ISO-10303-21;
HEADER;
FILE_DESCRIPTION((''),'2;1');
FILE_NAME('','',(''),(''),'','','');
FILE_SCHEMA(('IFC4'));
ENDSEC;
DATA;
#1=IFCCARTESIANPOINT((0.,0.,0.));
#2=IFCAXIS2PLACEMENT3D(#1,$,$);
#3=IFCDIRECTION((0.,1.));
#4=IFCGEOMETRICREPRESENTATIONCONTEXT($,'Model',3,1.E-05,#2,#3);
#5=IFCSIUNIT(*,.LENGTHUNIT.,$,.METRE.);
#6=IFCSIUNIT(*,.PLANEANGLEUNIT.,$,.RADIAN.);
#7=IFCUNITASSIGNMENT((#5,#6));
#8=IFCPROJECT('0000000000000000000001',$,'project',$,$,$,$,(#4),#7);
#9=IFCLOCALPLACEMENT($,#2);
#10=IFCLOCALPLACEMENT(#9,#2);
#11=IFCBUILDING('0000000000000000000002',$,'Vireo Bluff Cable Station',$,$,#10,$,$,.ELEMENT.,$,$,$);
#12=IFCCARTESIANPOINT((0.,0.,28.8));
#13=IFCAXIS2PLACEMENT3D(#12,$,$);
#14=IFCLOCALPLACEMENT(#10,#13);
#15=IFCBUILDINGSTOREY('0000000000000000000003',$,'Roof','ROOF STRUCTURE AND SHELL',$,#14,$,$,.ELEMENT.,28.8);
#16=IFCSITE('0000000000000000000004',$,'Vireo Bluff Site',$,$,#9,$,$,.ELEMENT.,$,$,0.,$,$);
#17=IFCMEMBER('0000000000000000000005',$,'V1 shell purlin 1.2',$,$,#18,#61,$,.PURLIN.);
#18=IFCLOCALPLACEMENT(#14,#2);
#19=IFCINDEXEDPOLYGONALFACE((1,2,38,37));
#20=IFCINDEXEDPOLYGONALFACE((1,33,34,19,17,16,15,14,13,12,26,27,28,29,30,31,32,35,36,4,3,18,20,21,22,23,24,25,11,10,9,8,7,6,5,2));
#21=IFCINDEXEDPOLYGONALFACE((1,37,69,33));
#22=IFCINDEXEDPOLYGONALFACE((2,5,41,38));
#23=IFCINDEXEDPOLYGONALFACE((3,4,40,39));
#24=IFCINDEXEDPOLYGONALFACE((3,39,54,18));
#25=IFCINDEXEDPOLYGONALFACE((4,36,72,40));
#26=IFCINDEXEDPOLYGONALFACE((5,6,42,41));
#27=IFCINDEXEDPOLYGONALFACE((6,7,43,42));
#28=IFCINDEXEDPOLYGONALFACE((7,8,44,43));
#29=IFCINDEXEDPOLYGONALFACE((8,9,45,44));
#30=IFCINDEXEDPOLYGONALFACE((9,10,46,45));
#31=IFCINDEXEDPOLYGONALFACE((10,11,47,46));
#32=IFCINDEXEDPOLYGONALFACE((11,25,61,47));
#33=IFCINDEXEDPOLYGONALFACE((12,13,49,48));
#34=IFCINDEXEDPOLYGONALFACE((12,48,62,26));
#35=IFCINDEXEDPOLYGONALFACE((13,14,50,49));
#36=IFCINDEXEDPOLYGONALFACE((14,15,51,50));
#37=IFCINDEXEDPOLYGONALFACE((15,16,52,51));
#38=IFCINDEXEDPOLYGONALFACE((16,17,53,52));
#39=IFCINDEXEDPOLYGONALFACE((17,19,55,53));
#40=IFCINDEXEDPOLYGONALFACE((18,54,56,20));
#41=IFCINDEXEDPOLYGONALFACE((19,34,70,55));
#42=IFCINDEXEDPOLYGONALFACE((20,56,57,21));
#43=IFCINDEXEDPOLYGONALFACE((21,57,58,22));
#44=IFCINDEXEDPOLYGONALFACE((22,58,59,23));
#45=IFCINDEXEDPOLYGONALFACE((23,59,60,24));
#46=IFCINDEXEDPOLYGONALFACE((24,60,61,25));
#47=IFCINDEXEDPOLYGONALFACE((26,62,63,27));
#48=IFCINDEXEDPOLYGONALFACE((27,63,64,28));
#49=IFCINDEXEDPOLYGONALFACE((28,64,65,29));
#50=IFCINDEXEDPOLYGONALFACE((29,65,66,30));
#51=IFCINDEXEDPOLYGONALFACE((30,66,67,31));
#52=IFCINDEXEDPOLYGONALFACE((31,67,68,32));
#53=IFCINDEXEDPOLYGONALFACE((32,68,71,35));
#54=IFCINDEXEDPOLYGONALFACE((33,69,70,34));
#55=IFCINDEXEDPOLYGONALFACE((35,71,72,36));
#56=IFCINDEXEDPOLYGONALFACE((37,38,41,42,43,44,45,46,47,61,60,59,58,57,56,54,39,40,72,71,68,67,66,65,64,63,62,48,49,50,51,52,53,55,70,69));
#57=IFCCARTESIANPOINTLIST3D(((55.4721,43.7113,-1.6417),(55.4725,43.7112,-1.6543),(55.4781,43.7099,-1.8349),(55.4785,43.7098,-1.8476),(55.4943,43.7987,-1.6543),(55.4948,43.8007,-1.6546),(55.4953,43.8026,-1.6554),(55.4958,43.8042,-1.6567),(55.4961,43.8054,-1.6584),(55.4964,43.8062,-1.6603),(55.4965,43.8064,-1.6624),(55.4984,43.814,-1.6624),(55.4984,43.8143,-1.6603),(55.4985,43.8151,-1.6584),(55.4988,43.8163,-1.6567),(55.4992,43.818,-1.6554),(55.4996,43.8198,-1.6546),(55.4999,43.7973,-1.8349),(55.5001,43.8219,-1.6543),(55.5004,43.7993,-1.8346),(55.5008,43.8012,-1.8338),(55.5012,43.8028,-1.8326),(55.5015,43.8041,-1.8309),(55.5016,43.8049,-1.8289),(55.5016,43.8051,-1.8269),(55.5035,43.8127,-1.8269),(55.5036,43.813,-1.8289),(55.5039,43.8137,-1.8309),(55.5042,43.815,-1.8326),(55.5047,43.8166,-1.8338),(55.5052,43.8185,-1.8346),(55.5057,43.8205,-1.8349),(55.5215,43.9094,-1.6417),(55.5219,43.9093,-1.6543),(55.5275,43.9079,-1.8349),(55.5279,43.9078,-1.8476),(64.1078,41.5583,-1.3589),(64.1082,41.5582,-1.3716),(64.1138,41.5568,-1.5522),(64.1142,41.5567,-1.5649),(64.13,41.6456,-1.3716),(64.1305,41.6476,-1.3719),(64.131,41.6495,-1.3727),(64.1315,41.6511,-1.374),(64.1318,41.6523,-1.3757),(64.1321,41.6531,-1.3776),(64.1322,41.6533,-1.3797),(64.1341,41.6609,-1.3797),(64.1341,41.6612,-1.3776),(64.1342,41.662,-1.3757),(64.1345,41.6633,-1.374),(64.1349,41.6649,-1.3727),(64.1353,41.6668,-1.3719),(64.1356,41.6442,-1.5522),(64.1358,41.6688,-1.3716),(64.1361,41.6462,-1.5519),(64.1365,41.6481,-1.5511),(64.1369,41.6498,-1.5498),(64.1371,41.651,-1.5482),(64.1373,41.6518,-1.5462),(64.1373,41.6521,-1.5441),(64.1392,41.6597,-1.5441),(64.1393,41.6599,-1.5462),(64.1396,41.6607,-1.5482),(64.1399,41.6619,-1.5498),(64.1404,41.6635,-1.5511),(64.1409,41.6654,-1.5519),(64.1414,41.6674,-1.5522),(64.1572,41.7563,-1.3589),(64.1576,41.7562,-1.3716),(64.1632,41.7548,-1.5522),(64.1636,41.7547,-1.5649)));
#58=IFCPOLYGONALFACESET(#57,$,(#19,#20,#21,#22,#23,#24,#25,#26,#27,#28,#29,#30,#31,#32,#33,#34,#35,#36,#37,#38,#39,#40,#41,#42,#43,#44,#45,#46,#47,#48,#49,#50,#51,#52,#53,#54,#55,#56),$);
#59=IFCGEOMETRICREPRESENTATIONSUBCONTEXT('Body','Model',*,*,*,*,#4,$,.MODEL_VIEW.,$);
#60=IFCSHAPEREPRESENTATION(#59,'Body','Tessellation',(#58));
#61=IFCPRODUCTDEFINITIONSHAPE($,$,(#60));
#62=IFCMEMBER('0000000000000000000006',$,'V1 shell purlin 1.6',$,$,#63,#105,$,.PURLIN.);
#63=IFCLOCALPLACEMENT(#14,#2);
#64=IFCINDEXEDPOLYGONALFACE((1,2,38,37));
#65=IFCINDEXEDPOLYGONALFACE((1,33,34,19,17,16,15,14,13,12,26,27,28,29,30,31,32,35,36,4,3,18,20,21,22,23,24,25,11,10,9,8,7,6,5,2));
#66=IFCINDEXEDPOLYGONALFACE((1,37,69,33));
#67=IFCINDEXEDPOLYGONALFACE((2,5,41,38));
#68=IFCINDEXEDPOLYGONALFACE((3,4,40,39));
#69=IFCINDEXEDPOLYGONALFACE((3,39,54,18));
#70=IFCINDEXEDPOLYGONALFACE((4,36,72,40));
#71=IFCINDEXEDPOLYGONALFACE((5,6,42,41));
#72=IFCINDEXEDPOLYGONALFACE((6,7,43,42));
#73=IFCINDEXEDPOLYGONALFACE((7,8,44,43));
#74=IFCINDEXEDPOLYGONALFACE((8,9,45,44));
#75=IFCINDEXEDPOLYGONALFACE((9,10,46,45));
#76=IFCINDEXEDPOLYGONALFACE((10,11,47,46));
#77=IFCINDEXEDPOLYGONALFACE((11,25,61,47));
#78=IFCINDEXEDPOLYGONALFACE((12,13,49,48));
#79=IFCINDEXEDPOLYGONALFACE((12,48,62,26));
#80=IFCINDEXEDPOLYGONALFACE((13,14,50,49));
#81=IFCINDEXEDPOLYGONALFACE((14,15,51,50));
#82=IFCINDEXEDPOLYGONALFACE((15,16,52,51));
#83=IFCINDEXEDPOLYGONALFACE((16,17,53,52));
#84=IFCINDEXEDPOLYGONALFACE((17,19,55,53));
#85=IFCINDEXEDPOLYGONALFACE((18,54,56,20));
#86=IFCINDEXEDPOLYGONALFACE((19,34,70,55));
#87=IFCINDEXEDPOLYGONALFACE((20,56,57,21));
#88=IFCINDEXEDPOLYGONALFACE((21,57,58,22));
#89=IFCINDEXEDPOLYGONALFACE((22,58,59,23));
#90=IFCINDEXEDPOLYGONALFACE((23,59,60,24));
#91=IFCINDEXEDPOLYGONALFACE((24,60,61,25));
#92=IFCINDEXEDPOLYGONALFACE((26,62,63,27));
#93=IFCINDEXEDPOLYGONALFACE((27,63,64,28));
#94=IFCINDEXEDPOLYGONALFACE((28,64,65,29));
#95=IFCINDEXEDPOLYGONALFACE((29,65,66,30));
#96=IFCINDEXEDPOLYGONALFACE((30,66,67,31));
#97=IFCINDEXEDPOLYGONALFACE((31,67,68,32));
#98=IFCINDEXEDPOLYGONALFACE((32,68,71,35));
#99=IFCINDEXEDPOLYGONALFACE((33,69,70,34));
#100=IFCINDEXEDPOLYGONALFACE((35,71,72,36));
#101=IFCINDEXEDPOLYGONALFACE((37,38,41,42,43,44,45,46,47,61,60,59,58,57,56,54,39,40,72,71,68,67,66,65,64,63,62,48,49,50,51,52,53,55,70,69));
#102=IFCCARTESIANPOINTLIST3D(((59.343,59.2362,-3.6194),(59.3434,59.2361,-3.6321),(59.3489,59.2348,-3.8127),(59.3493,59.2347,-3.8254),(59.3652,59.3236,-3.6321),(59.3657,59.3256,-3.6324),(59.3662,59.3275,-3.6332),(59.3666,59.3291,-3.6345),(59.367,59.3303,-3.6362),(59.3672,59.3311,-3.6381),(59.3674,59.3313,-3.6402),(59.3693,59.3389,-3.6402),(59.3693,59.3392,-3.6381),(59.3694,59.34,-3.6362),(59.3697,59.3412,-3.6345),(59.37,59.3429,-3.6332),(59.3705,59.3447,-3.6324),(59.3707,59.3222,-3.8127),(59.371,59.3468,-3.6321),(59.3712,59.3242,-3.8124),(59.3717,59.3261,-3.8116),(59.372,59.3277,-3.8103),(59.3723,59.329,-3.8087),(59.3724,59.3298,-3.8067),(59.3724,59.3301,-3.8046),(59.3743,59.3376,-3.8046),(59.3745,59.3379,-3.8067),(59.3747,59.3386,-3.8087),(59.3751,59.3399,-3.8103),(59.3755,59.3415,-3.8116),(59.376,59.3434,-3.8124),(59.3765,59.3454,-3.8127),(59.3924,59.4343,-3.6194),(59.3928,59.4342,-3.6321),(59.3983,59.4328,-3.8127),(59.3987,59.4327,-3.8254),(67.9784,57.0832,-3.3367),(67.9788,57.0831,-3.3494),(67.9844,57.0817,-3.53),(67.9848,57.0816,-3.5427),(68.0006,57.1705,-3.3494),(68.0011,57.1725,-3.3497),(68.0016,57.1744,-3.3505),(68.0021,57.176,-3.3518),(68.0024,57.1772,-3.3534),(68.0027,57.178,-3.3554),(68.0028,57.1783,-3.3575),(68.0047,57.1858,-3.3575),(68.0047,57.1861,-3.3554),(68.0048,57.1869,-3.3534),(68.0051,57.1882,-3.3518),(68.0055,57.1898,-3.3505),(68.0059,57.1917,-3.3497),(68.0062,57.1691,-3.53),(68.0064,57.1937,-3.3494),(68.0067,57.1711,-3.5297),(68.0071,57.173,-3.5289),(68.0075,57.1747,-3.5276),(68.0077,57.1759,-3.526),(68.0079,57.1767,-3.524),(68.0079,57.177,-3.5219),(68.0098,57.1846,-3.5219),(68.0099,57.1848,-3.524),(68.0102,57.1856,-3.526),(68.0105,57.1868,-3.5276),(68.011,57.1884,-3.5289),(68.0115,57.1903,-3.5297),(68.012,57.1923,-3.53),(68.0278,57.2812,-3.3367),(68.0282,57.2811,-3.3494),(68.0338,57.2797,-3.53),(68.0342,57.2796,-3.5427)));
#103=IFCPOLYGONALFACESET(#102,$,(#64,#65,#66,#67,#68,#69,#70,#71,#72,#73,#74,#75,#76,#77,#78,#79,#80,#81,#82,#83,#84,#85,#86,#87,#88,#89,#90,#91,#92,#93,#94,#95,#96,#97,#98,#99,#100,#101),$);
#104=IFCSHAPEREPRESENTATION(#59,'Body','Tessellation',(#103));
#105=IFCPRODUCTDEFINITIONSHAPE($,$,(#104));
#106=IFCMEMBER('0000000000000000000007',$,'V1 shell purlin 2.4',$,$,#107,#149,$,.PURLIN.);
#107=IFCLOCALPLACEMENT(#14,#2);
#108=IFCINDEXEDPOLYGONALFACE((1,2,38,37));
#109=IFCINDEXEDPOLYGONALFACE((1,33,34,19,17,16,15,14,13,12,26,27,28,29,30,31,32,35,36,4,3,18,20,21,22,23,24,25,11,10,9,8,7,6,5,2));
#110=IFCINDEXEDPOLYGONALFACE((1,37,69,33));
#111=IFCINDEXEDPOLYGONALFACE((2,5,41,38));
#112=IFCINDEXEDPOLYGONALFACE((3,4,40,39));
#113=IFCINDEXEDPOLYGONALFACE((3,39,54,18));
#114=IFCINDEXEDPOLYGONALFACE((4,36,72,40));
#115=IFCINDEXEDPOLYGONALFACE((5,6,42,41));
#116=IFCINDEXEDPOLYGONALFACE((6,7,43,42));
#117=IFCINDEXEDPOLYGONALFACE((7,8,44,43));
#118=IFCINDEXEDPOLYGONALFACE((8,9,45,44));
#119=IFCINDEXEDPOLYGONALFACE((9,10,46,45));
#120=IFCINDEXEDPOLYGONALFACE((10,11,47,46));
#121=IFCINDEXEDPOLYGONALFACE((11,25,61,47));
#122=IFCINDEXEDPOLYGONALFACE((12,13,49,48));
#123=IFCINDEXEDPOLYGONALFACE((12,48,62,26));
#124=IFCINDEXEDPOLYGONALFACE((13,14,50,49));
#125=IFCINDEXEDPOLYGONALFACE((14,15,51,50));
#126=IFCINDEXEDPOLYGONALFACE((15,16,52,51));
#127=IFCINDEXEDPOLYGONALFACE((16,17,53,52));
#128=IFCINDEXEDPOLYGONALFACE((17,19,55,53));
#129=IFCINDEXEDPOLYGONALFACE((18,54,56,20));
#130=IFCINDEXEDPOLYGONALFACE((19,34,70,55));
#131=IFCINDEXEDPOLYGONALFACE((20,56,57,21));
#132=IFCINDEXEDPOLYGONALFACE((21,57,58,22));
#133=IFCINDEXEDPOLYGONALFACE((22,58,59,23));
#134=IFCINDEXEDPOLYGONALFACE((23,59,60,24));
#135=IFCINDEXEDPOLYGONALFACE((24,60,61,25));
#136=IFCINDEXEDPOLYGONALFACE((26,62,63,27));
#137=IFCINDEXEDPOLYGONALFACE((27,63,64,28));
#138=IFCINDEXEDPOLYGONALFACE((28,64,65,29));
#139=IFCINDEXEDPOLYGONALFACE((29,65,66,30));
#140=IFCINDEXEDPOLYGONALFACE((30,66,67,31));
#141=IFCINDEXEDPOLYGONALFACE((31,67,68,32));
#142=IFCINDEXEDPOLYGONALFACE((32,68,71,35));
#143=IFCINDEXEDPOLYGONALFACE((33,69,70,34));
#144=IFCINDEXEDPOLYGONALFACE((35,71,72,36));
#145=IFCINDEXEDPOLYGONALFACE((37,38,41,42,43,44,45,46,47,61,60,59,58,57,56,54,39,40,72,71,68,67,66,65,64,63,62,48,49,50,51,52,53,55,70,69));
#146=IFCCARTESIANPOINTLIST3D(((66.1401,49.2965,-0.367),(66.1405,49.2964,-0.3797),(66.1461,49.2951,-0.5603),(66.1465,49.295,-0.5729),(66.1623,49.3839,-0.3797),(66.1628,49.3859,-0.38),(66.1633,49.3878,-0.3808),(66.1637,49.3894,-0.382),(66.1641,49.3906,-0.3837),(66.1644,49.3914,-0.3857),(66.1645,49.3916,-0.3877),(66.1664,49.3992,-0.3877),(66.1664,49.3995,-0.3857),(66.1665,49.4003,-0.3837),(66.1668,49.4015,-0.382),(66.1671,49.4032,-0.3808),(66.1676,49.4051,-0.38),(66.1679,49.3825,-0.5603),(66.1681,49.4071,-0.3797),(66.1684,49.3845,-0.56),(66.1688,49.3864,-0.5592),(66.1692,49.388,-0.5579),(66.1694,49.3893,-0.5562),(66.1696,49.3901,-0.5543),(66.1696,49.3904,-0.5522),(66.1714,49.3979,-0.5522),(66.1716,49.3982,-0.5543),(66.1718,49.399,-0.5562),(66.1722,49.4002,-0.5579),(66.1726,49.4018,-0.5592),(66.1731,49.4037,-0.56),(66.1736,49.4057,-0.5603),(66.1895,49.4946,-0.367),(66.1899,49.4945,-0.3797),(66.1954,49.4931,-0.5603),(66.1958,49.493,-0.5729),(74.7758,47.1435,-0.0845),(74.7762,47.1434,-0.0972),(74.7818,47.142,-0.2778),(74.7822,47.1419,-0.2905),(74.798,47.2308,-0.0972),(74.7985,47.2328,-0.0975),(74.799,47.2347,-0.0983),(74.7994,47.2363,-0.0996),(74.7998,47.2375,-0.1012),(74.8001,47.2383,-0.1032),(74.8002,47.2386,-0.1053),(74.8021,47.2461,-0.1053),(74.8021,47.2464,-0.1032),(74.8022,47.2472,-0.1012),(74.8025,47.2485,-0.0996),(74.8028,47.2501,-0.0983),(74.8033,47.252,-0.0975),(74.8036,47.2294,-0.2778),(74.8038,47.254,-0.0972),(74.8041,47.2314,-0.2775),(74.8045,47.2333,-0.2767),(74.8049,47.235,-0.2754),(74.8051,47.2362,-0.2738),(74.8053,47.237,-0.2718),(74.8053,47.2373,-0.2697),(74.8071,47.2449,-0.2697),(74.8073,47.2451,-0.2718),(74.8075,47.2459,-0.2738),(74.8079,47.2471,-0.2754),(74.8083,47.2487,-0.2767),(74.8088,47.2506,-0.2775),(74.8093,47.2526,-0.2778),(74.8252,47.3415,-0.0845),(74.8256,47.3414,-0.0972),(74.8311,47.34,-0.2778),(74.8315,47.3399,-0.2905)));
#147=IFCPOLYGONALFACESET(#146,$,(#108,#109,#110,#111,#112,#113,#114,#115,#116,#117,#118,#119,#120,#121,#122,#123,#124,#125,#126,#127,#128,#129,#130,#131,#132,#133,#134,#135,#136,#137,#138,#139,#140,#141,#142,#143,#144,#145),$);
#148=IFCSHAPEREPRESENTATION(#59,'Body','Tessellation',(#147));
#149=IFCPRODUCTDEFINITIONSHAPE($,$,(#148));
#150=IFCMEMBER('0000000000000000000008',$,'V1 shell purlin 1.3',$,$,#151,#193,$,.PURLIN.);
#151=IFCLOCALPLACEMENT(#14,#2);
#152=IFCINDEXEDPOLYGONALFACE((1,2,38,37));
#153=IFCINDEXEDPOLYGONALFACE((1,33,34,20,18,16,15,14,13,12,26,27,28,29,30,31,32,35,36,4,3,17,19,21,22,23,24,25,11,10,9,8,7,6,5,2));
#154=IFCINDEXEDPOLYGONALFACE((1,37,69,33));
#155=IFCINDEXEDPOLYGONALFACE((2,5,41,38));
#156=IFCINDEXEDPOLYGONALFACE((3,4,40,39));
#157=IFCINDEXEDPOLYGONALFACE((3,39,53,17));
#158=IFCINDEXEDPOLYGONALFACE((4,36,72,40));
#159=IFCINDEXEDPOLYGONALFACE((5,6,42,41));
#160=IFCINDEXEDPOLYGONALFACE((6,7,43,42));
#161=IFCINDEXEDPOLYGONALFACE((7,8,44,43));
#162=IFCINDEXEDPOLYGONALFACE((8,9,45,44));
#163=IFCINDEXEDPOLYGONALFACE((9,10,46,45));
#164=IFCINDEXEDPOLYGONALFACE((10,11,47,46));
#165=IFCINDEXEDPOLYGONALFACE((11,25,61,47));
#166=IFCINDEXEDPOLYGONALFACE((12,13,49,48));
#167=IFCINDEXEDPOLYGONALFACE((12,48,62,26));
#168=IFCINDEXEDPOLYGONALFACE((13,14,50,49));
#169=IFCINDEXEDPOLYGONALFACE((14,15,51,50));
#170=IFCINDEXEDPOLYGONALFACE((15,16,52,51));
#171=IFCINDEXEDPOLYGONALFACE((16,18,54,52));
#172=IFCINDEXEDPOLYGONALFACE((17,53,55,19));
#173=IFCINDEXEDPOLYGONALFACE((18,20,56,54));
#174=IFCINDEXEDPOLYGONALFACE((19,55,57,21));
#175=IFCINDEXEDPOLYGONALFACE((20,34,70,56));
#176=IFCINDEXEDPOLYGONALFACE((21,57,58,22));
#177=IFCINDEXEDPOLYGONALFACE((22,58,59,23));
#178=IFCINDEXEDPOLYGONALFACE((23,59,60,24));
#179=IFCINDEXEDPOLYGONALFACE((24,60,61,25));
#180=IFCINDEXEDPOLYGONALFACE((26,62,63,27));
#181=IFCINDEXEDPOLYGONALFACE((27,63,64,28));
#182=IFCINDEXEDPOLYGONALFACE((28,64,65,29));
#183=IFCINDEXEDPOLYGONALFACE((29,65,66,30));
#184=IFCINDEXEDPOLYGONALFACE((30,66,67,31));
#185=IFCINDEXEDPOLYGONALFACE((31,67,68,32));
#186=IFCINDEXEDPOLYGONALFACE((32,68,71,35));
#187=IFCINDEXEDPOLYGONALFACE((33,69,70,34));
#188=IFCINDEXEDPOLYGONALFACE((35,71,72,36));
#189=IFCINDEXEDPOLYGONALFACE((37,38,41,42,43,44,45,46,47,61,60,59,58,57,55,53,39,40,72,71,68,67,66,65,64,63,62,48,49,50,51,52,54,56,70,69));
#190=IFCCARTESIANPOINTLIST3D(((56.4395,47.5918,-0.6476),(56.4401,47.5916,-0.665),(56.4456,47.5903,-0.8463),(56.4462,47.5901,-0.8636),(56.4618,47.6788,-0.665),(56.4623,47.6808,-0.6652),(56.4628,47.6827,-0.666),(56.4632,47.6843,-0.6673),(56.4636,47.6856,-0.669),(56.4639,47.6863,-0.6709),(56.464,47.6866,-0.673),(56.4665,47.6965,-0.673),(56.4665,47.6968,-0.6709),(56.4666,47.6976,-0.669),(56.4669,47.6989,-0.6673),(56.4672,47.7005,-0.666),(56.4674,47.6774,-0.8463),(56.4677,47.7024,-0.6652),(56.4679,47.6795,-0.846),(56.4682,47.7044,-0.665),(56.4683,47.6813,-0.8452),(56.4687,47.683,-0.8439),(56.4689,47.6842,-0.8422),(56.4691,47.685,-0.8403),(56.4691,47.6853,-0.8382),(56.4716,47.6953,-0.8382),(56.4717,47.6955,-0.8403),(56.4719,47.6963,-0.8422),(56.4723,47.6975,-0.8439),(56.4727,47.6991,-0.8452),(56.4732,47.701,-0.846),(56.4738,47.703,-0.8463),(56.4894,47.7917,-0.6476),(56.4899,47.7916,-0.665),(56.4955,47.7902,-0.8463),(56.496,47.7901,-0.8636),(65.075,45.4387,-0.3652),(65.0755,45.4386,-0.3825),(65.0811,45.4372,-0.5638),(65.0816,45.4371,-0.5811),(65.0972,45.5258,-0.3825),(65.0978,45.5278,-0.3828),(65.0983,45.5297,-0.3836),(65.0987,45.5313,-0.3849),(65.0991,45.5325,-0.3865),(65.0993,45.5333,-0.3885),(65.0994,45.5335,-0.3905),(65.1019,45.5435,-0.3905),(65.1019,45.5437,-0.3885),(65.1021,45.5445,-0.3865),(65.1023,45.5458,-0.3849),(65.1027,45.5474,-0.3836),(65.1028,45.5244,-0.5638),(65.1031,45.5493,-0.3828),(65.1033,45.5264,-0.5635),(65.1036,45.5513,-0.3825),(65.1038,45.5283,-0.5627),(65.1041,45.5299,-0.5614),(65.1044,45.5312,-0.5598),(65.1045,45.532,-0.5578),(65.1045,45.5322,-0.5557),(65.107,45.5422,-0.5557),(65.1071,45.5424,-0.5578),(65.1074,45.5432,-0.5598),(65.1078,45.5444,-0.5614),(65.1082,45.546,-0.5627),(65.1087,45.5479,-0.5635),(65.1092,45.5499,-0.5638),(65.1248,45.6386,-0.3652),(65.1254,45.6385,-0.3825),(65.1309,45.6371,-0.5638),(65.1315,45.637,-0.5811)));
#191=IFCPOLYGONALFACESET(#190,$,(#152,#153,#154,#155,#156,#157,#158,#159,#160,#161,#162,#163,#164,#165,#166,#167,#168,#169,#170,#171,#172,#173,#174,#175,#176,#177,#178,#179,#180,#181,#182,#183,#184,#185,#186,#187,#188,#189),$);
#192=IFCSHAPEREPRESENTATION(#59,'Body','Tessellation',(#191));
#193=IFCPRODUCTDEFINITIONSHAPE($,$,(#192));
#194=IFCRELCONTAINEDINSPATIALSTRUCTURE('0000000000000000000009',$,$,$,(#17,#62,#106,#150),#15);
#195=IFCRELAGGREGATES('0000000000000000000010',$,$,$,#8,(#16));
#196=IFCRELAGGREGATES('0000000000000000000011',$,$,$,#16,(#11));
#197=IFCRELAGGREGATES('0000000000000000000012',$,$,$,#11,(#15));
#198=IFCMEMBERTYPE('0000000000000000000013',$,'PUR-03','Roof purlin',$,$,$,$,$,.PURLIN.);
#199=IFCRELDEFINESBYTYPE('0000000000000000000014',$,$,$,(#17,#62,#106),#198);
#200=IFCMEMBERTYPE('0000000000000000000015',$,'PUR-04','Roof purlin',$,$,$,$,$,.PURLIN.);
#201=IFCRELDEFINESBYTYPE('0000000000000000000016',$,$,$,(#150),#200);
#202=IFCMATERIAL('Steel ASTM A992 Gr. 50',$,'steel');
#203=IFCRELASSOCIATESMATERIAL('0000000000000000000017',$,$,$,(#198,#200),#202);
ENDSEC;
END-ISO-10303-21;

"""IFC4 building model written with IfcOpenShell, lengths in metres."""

from ifc_helpers import new_model, si_unit, direction, frame, origin, origin_2d, place, context, subcontext, project, spatial, i_section, extrude, material, material_profile, profile_set, type_object, element, save


model = new_model("IFC4")

# Units and contexts
model_context = context("Model", 3, precision=1e-05, world=origin(), true_north=direction((0.0, 1.0)))
body_context = subcontext(model_context, "Body", "Model", "MODEL_VIEW")
ifc_project = project(units=[si_unit("LENGTHUNIT", "METRE"), si_unit("PLANEANGLEUNIT", "RADIAN")], contexts=[model_context])

# Site, building, storey
site_placement = place(None, origin())
site = spatial("IfcSite", under=ifc_project, at=site_placement, Name="Vireo Bluff Site", CompositionType="ELEMENT", RefElevation=0.0)
building_placement = place(site_placement, origin())
building = spatial("IfcBuilding", under=site, at=building_placement, Name="Vireo Bluff Cable Station", CompositionType="ELEMENT")
storey_placement = place(building_placement, frame((0.0, 0.0, 28.8)))
storey = spatial("IfcBuildingStorey", under=building, at=storey_placement, Name="Roof", Description="ROOF STRUCTURE AND SHELL", CompositionType="ELEMENT", Elevation=28.8)

# Members
ifc_material_1 = material(Name="Steel ASTM A992 Gr. 50", Category="steel")
ifc_material_profile_1 = material_profile(ifc_material_1, i_section(OverallWidth=0.2041, OverallDepth=0.2061, WebThickness=0.0078, FlangeThickness=0.0127, FilletRadius=0.0081, at=origin_2d()), Name="W8X35")
ifc_profile_set_1 = profile_set([ifc_material_profile_1], Name="Steel ASTM A992 Gr. 50")
member_type_1 = type_object("IfcMemberType", Name="PUR-03", Description="Roof purlin", PredefinedType="PURLIN", material=ifc_profile_set_1)
member_1_placement = place(storey_placement, frame((55.5, 43.8096, -1.7446), z_axis=(0.969808, -0.241794, 0.031749), x_axis=(0.241916, 0.970297, 0.0)))
element("IfcMember", 1, at=member_1_placement, inside=storey, type_object=member_type_1, Name="V1 shell purlin 1.2", PredefinedType="PURLIN", context=body_context, shape_type="SweptSolid", body=[
    extrude(i_section(OverallWidth=0.2041, OverallDepth=0.2061, WebThickness=0.0078, FlangeThickness=0.0127, FilletRadius=0.0081, at=origin_2d()), origin(), (0.0, 0.0, 1.0), 8.9045),
])
member_2_placement = place(storey_placement, frame((59.3708, 59.3345, -3.7224), z_axis=(0.969806, -0.2418, 0.03175), x_axis=(0.241922, 0.970296, 0.0)))
element("IfcMember", 2, at=member_2_placement, inside=storey, type_object=member_type_1, Name="V1 shell purlin 1.6", PredefinedType="PURLIN", context=body_context, shape_type="SweptSolid", body=[
    extrude(i_section(OverallWidth=0.2041, OverallDepth=0.2061, WebThickness=0.0078, FlangeThickness=0.0127, FilletRadius=0.0081, at=origin_2d()), origin(), (0.0, 0.0, 1.0), 8.9043),
])
member_3_placement = place(storey_placement, frame((66.168, 49.3948, -0.47), z_axis=(0.969809, -0.241794, 0.031722), x_axis=(0.241916, 0.970297, 0.0)))
element("IfcMember", 3, at=member_3_placement, inside=storey, type_object=member_type_1, Name="V1 shell purlin 2.4", PredefinedType="PURLIN", context=body_context, shape_type="SweptSolid", body=[
    extrude(i_section(OverallWidth=0.2041, OverallDepth=0.2061, WebThickness=0.0078, FlangeThickness=0.0127, FilletRadius=0.0081, at=origin_2d()), origin(), (0.0, 0.0, 1.0), 8.9045),
])
ifc_material_profile_2 = material_profile(ifc_material_1, i_section(OverallWidth=0.2061, OverallDepth=0.2161, WebThickness=0.0103, FlangeThickness=0.0173, FilletRadius=0.0081, at=origin_2d()), Name="W8X48")
ifc_profile_set_2 = profile_set([ifc_material_profile_2], Name="Steel ASTM A992 Gr. 50")
member_type_2 = type_object("IfcMemberType", Name="PUR-04", Description="Roof purlin", PredefinedType="PURLIN", material=ifc_profile_set_2)
for number, where, z_axis, x_axis, name in (
    (4, (56.4678, 47.6909, -0.7556), (0.969807, -0.241801, 0.031723), (0.241922, 0.970296, 0.0), "V1 shell purlin 1.3"),
):
    element("IfcMember", number, at=place(storey_placement, frame(where, z_axis=z_axis, x_axis=x_axis)), inside=storey, type_object=member_type_2, Name=name, PredefinedType="PURLIN", context=body_context, shape_type="SweptSolid", body=[
        extrude(i_section(OverallWidth=0.2061, OverallDepth=0.2161, WebThickness=0.0103, FlangeThickness=0.0173, FilletRadius=0.0081, at=origin_2d()), origin(), (0.0, 0.0, 1.0), 8.9043),
    ])

save(model, "model.ifc")
